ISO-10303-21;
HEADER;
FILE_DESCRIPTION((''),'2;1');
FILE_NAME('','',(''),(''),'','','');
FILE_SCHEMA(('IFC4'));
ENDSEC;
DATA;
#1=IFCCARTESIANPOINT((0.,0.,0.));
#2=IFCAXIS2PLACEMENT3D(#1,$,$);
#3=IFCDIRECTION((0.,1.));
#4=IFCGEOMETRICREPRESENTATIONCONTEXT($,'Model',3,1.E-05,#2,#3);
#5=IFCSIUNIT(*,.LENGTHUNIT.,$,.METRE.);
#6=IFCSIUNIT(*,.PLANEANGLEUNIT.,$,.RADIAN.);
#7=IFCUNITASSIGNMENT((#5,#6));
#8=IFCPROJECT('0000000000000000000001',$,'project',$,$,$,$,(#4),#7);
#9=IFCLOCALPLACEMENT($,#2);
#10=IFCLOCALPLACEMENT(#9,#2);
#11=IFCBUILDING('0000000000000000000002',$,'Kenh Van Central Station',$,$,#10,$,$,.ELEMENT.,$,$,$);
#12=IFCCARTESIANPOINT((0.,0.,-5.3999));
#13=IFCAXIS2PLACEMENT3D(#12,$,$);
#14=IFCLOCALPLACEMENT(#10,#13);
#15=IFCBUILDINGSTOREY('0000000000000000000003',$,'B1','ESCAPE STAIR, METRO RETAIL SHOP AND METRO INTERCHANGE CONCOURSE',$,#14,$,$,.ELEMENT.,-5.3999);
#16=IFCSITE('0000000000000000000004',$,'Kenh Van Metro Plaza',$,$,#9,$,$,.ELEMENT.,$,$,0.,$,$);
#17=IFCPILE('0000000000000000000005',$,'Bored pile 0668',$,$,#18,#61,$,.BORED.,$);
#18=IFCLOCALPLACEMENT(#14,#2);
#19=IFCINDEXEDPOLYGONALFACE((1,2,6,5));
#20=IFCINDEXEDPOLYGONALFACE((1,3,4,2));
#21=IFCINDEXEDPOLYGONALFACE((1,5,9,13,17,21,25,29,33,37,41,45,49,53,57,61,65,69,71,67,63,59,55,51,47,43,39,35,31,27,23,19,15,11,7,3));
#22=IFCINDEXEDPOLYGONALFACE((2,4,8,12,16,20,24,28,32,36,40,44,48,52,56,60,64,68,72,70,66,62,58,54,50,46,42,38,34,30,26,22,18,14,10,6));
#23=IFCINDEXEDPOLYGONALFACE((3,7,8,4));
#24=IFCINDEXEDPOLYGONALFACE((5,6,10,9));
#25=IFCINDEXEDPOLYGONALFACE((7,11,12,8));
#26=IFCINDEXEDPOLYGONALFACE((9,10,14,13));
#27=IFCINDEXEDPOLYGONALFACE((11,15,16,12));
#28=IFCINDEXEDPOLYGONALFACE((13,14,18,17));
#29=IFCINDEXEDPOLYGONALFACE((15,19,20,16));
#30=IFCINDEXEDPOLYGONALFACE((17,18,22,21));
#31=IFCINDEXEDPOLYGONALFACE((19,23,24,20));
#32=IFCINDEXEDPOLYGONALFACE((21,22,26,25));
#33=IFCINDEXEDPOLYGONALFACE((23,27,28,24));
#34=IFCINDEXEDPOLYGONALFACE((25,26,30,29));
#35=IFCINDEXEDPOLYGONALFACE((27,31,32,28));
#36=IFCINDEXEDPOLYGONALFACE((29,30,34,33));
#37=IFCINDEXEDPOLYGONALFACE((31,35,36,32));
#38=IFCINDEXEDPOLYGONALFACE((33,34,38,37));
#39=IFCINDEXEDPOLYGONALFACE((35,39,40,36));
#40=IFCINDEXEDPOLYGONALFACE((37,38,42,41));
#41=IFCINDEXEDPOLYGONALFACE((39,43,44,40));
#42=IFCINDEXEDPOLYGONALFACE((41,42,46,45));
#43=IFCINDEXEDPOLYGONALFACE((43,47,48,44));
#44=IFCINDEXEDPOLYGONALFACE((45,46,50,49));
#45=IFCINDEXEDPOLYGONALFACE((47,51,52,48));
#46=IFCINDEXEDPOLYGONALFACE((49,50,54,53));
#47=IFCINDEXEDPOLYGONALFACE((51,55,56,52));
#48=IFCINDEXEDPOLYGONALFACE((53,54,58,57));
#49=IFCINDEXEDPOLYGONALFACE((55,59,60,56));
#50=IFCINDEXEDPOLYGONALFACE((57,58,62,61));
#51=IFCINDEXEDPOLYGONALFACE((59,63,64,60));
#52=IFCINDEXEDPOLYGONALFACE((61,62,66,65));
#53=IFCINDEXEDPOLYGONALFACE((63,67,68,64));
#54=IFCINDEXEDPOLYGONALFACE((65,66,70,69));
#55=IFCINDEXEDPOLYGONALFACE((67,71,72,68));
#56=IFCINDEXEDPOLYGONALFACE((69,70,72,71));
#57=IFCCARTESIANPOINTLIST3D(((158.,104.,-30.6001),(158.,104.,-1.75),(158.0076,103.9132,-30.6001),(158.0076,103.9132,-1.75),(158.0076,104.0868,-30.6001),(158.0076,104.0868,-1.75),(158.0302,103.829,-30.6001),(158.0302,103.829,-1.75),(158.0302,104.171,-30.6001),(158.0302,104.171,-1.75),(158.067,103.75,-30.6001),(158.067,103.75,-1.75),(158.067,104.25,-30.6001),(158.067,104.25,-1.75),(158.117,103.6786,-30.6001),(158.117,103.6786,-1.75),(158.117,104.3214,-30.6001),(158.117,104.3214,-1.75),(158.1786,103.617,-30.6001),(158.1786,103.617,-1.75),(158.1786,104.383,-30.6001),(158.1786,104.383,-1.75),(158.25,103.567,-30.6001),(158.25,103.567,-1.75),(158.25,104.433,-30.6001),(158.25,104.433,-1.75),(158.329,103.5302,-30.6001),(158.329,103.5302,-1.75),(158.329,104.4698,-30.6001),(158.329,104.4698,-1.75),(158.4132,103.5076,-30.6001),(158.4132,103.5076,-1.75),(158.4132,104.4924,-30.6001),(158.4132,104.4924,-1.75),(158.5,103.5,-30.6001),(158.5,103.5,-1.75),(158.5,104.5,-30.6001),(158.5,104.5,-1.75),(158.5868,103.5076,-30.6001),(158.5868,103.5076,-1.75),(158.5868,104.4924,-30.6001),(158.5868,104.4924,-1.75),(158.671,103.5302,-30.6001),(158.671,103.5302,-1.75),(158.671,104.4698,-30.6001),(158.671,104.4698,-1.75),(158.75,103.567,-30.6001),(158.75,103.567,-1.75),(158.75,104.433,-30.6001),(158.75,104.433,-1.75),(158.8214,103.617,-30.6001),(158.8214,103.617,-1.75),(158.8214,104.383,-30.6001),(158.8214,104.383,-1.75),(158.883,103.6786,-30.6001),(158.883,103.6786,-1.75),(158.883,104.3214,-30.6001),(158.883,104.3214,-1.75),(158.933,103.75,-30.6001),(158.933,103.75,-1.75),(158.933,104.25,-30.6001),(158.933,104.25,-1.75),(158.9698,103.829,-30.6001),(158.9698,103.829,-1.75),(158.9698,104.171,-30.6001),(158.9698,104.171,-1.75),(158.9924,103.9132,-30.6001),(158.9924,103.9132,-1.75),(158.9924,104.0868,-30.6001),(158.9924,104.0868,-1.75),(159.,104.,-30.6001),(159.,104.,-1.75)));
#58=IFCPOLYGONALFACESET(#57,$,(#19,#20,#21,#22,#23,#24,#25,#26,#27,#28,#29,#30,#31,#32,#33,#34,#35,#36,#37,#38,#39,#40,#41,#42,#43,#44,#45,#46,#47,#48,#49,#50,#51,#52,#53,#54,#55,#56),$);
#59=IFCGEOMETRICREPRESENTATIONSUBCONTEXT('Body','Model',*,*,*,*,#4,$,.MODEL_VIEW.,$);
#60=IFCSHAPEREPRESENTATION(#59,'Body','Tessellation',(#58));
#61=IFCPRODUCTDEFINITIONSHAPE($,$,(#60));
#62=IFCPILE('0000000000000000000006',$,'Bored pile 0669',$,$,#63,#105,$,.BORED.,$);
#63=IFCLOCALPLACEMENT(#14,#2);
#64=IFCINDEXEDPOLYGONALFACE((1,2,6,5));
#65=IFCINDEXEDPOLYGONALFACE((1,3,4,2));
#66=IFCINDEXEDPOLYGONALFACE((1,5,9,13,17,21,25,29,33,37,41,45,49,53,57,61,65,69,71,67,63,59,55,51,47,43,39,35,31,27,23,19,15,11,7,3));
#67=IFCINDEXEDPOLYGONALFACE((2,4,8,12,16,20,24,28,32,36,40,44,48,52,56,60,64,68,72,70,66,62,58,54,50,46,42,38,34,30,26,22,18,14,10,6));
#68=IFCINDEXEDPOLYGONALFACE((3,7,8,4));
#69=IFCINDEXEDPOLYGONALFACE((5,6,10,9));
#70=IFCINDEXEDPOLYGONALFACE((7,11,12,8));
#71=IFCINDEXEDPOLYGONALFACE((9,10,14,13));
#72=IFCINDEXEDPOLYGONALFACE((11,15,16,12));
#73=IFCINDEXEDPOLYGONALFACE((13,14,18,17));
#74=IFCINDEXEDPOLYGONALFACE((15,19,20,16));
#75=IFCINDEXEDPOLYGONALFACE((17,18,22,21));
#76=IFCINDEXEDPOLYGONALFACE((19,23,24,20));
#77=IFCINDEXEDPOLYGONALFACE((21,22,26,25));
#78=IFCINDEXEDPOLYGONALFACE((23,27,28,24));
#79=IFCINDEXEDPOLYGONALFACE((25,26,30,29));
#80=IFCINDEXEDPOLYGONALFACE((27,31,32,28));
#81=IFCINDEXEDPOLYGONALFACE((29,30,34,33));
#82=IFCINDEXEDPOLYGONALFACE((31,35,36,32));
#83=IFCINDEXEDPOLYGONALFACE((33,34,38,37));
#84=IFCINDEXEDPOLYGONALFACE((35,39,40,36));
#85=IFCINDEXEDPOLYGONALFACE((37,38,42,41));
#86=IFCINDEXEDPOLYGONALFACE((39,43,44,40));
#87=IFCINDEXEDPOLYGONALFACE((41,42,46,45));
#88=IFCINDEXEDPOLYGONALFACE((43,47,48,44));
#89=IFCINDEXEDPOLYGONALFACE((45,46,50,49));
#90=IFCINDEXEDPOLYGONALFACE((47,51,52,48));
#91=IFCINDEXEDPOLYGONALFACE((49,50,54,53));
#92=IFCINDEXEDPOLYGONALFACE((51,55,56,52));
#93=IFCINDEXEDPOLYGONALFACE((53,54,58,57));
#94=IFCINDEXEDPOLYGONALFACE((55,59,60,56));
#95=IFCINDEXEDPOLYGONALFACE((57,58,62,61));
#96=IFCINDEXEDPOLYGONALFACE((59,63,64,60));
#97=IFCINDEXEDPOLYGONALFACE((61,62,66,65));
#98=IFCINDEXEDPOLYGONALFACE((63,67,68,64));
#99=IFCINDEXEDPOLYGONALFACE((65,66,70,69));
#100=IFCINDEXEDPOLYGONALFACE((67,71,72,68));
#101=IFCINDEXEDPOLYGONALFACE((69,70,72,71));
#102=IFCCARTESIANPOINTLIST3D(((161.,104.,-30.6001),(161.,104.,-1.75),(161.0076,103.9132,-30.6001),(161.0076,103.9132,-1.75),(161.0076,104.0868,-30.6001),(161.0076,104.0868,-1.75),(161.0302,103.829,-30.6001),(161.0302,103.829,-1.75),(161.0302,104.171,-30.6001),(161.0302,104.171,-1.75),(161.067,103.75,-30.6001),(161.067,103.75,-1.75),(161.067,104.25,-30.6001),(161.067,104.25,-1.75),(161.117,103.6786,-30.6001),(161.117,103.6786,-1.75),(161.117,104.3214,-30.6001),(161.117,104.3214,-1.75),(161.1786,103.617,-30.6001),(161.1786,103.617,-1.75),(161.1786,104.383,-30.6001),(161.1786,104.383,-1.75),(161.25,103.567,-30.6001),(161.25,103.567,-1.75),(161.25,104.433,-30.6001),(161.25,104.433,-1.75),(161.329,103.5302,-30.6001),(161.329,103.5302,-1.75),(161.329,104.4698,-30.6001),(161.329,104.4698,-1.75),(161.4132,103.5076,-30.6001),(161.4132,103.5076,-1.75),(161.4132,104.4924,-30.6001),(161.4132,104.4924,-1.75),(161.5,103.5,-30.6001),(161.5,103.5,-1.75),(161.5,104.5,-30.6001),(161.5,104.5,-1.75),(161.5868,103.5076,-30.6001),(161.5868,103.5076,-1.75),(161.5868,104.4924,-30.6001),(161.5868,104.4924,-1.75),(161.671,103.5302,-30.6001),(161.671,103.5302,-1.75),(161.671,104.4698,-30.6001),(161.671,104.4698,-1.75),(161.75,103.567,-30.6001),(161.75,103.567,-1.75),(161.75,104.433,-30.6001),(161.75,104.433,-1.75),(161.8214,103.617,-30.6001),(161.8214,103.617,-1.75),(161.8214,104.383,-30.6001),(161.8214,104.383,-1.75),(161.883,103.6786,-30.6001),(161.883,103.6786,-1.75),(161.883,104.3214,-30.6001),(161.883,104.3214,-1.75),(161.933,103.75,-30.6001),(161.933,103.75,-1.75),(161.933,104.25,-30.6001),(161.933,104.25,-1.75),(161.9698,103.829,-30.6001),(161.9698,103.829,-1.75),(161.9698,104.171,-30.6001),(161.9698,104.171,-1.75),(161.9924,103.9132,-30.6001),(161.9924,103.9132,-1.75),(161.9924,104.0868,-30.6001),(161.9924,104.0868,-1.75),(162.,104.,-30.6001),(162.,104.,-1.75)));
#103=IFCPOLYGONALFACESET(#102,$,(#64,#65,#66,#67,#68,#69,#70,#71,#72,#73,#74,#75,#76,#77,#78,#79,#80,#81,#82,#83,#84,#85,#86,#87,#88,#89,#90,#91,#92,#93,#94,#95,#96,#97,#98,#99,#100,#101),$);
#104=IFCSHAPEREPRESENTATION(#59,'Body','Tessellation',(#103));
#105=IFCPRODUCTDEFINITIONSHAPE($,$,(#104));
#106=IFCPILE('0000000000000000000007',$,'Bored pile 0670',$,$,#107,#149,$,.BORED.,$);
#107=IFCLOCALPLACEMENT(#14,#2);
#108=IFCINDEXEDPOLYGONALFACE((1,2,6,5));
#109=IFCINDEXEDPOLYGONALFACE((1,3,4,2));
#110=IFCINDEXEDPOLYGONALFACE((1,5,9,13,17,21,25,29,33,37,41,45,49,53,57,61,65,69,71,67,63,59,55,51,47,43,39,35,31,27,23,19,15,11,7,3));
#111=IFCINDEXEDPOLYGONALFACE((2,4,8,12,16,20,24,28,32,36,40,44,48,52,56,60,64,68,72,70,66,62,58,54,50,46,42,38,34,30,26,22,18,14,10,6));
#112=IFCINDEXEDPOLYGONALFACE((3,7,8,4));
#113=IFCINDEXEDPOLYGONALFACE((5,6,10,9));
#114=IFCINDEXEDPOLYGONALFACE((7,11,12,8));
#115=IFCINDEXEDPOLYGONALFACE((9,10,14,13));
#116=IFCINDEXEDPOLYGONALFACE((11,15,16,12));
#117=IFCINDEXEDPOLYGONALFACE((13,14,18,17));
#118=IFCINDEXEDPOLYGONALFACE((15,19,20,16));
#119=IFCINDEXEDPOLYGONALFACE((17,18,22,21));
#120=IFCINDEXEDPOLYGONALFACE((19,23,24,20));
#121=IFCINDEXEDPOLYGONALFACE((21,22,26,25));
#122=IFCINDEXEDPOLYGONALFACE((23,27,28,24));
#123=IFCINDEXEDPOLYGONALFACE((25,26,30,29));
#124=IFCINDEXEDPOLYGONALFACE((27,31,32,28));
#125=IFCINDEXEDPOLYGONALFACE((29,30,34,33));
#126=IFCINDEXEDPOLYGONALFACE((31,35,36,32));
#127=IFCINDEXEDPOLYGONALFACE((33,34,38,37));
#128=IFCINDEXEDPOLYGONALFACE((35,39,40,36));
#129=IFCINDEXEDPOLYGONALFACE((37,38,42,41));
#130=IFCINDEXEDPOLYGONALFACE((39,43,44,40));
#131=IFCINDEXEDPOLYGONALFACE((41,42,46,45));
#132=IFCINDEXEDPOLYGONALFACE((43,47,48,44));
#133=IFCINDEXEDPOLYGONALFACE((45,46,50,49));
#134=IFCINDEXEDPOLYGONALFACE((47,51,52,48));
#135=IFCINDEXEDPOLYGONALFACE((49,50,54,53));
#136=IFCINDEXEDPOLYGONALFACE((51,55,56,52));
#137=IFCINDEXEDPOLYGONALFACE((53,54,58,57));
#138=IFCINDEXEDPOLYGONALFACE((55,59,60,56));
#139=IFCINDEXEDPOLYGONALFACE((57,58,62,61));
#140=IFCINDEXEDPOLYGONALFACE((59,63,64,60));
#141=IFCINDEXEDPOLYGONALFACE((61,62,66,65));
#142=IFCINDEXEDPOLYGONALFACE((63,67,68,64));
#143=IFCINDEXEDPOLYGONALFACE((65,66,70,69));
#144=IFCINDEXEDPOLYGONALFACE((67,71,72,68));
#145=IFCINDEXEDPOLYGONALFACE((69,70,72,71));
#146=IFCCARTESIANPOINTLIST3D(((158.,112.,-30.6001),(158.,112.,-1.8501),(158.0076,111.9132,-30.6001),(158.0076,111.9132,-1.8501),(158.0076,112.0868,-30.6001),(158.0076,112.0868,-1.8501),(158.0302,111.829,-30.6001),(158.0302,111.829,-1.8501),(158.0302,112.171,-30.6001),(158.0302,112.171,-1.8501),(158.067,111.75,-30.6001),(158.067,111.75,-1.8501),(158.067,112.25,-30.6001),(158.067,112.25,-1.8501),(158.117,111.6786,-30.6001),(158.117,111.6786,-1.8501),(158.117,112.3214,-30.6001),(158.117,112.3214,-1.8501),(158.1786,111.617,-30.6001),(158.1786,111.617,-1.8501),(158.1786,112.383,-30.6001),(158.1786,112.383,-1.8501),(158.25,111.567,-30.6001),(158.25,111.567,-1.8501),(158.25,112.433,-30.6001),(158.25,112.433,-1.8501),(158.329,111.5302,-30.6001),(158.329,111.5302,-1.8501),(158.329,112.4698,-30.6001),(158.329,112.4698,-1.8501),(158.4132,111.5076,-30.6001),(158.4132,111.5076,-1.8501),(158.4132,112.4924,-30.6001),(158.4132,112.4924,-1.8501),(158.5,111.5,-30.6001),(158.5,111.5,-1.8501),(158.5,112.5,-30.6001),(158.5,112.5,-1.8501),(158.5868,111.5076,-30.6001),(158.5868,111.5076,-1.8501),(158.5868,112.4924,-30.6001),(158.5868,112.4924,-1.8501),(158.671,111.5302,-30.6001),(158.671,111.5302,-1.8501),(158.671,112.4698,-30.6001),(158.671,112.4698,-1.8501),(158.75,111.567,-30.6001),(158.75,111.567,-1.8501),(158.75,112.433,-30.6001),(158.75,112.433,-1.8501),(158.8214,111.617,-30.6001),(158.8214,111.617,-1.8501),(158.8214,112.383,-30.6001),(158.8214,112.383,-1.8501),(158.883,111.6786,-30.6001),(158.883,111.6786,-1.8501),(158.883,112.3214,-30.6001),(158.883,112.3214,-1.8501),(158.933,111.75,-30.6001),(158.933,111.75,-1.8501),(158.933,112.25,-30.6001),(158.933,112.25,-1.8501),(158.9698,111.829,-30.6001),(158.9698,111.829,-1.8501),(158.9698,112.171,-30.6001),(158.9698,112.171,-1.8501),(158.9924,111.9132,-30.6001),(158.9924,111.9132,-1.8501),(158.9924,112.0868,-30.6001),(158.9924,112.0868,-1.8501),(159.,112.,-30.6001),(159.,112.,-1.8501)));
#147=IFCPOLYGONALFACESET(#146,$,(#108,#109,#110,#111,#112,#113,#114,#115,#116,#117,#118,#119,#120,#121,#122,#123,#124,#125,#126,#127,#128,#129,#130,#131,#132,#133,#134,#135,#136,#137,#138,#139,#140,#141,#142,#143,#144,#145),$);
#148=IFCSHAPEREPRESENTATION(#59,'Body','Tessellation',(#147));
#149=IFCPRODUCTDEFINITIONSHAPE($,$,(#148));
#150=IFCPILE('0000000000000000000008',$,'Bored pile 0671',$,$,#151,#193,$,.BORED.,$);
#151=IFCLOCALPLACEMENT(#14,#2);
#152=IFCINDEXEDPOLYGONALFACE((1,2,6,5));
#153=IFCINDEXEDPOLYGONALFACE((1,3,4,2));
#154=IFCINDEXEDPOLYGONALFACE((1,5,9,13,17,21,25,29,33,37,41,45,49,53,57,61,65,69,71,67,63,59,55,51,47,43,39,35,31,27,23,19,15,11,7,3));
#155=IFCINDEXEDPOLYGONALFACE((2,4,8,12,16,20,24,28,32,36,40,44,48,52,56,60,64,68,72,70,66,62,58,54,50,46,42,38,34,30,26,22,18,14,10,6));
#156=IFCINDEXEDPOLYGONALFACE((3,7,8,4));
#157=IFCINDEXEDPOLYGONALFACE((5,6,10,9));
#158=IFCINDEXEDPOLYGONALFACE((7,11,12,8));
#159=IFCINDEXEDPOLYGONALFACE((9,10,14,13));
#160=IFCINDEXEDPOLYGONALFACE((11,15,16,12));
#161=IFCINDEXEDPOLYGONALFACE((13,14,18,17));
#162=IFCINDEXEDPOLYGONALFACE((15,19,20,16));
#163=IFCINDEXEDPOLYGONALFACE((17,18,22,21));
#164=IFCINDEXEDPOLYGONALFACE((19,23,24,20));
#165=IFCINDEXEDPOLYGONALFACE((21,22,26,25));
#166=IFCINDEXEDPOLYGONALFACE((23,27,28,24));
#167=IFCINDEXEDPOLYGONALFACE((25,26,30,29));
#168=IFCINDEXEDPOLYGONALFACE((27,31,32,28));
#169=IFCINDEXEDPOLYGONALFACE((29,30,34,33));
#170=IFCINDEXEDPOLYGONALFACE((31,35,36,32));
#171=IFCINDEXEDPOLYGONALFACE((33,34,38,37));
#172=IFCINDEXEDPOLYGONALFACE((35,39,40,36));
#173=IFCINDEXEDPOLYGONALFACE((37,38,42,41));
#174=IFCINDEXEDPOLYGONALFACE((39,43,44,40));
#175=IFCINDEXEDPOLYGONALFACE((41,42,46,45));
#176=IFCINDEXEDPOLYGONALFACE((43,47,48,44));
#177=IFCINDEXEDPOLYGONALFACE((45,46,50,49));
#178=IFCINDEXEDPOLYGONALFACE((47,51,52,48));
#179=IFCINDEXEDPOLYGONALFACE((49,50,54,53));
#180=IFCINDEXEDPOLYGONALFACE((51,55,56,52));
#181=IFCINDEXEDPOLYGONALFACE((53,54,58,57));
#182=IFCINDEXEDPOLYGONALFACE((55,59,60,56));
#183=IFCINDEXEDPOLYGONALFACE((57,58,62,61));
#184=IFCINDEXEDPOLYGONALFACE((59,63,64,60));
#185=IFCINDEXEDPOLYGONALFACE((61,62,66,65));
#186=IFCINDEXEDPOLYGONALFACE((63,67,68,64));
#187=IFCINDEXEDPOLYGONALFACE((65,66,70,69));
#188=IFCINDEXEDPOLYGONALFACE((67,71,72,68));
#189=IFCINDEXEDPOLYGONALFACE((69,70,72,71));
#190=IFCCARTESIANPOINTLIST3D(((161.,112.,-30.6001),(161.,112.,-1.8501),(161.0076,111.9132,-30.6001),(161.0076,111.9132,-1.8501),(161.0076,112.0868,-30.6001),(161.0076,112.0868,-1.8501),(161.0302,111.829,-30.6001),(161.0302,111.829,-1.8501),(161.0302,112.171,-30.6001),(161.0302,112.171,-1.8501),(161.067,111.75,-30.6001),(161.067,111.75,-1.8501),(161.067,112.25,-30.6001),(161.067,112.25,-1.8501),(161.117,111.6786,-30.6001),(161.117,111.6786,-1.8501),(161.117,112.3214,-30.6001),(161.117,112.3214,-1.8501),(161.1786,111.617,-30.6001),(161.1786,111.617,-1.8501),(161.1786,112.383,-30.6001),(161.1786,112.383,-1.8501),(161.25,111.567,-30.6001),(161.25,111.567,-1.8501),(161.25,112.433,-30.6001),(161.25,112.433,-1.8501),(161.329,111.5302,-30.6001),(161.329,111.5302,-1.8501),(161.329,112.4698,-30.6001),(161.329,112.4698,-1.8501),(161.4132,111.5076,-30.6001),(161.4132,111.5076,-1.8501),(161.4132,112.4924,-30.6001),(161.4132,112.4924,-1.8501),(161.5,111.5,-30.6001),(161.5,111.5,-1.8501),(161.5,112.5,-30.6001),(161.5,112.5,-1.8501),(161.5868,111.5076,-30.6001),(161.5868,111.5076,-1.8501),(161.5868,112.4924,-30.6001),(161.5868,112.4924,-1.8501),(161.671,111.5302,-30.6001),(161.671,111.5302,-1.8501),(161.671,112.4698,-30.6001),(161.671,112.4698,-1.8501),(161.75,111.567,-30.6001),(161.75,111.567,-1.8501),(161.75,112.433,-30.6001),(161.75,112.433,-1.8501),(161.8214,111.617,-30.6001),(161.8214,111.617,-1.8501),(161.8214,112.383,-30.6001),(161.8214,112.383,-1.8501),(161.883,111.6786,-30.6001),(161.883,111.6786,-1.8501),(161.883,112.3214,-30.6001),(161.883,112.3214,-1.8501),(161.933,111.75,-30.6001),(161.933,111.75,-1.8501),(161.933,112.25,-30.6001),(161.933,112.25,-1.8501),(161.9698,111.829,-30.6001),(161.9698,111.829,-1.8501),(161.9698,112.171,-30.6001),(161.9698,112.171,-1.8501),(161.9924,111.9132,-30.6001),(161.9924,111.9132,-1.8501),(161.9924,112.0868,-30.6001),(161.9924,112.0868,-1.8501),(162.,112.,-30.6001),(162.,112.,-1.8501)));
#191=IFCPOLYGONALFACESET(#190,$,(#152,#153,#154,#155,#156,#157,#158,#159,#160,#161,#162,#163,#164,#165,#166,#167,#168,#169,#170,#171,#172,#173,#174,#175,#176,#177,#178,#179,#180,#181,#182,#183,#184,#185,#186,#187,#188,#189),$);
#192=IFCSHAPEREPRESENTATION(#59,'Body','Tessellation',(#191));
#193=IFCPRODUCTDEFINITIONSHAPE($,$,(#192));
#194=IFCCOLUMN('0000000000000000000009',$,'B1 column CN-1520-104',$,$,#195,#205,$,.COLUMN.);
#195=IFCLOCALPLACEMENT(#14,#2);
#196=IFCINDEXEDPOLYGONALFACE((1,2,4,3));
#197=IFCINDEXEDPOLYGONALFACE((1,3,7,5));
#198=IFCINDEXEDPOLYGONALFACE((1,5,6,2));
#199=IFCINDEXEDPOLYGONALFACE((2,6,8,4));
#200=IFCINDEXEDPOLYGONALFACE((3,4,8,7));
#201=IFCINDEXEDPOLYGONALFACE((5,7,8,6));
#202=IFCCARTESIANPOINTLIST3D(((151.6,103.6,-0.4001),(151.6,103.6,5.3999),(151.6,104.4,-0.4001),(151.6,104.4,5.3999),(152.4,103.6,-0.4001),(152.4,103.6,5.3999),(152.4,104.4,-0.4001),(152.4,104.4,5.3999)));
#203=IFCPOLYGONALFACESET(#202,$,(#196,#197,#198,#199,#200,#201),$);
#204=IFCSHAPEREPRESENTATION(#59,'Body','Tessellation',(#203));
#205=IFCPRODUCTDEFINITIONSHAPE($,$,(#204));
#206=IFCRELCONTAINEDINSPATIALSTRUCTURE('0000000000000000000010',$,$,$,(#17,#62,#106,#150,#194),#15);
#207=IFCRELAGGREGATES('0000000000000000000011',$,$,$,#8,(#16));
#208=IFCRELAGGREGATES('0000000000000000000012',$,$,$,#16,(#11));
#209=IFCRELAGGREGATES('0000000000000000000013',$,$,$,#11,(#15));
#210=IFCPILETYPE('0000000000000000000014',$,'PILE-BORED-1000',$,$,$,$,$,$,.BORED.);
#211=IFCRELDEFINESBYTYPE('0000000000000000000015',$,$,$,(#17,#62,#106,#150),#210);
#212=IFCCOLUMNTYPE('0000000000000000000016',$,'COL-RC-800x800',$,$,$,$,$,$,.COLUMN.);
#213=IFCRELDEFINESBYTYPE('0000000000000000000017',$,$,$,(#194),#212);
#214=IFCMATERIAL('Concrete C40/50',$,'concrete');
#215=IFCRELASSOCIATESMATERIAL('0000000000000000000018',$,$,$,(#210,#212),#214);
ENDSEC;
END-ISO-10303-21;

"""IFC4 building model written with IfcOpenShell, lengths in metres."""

from ifc_helpers import new_model, si_unit, direction, frame, origin, origin_2d, place, context, subcontext, project, spatial, rectangle, circle, extrude, material, material_profile, profile_set, type_object, element, save


model = new_model("IFC4")

# Units and contexts
model_context = context("Model", 3, precision=1e-05, world=origin(), true_north=direction((0.0, 1.0)))
body_context = subcontext(model_context, "Body", "Model", "MODEL_VIEW")
ifc_project = project(units=[si_unit("LENGTHUNIT", "METRE"), si_unit("PLANEANGLEUNIT", "RADIAN")], contexts=[model_context])

# Site, building, storey
site_placement = place(None, origin())
site = spatial("IfcSite", under=ifc_project, at=site_placement, Name="Kenh Van Metro Plaza", CompositionType="ELEMENT", RefElevation=0.0)
building_placement = place(site_placement, origin())
building = spatial("IfcBuilding", under=site, at=building_placement, Name="Kenh Van Central Station", CompositionType="ELEMENT")
storey_placement = place(building_placement, frame((0.0, 0.0, -5.3999)))
storey = spatial("IfcBuildingStorey", under=building, at=storey_placement, Name="B1", Description="ESCAPE STAIR, METRO RETAIL SHOP AND METRO INTERCHANGE CONCOURSE", CompositionType="ELEMENT", Elevation=-5.3999)

# Shared definitions
ifc_material_1 = material(Name="Concrete C40/50", Category="concrete")

# Piles
ifc_material_profile_1 = material_profile(ifc_material_1, circle(Radius=0.5, at=origin_2d()), Name="PILE D1000")
ifc_profile_set_1 = profile_set([ifc_material_profile_1], Name="Concrete C40/50")
pile_type = type_object("IfcPileType", Name="PILE-BORED-1000", PredefinedType="BORED", material=ifc_profile_set_1)
for number, where, z_axis, x_axis, name in (
    (1, (158.5, 104.0, -1.75), (0.0, 0.0, -1.0), (1.0, 0.0, 0.0), "Bored pile 0668"),
    (2, (161.5, 104.0, -1.75), (0.0, 0.0, -1.0), (1.0, 0.0, 0.0), "Bored pile 0669"),
):
    element("IfcPile", number, at=place(storey_placement, frame(where, z_axis=z_axis, x_axis=x_axis)), inside=storey, type_object=pile_type, Name=name, PredefinedType="BORED", context=body_context, shape_type="SweptSolid", body=[
        extrude(circle(Radius=0.5, at=origin_2d()), origin(), (0.0, 0.0, 1.0), 28.8501),
    ])
for number, where, z_axis, x_axis, name in (
    (3, (158.5, 112.0, -1.8501), (0.0, 0.0, -1.0), (1.0, 0.0, 0.0), "Bored pile 0670"),
    (4, (161.5, 112.0, -1.8501), (0.0, 0.0, -1.0), (1.0, 0.0, 0.0), "Bored pile 0671"),
):
    element("IfcPile", number, at=place(storey_placement, frame(where, z_axis=z_axis, x_axis=x_axis)), inside=storey, type_object=pile_type, Name=name, PredefinedType="BORED", context=body_context, shape_type="SweptSolid", body=[
        extrude(circle(Radius=0.5, at=origin_2d()), origin(), (0.0, 0.0, 1.0), 28.75),
    ])

# Column
ifc_material_profile_2 = material_profile(ifc_material_1, rectangle(XDim=0.8, YDim=0.8, at=origin_2d()), Name="RC 800x800")
ifc_profile_set_2 = profile_set([ifc_material_profile_2], Name="Concrete C40/50")
column_type = type_object("IfcColumnType", Name="COL-RC-800x800", PredefinedType="COLUMN", material=ifc_profile_set_2)
for number, where, z_axis, x_axis, name in (
    (5, (152.0, 104.0, -0.4001), (0.0, 0.0, 1.0), (1.0, 0.0, 0.0), "B1 column CN-1520-104"),
):
    element("IfcColumn", number, at=place(storey_placement, frame(where, z_axis=z_axis, x_axis=x_axis)), inside=storey, type_object=column_type, Name=name, PredefinedType="COLUMN", context=body_context, shape_type="SweptSolid", body=[
        extrude(rectangle(XDim=0.8, YDim=0.8, at=origin_2d()), origin(), (0.0, 0.0, 1.0), 5.8),
    ])

save(model, "model.ifc")
